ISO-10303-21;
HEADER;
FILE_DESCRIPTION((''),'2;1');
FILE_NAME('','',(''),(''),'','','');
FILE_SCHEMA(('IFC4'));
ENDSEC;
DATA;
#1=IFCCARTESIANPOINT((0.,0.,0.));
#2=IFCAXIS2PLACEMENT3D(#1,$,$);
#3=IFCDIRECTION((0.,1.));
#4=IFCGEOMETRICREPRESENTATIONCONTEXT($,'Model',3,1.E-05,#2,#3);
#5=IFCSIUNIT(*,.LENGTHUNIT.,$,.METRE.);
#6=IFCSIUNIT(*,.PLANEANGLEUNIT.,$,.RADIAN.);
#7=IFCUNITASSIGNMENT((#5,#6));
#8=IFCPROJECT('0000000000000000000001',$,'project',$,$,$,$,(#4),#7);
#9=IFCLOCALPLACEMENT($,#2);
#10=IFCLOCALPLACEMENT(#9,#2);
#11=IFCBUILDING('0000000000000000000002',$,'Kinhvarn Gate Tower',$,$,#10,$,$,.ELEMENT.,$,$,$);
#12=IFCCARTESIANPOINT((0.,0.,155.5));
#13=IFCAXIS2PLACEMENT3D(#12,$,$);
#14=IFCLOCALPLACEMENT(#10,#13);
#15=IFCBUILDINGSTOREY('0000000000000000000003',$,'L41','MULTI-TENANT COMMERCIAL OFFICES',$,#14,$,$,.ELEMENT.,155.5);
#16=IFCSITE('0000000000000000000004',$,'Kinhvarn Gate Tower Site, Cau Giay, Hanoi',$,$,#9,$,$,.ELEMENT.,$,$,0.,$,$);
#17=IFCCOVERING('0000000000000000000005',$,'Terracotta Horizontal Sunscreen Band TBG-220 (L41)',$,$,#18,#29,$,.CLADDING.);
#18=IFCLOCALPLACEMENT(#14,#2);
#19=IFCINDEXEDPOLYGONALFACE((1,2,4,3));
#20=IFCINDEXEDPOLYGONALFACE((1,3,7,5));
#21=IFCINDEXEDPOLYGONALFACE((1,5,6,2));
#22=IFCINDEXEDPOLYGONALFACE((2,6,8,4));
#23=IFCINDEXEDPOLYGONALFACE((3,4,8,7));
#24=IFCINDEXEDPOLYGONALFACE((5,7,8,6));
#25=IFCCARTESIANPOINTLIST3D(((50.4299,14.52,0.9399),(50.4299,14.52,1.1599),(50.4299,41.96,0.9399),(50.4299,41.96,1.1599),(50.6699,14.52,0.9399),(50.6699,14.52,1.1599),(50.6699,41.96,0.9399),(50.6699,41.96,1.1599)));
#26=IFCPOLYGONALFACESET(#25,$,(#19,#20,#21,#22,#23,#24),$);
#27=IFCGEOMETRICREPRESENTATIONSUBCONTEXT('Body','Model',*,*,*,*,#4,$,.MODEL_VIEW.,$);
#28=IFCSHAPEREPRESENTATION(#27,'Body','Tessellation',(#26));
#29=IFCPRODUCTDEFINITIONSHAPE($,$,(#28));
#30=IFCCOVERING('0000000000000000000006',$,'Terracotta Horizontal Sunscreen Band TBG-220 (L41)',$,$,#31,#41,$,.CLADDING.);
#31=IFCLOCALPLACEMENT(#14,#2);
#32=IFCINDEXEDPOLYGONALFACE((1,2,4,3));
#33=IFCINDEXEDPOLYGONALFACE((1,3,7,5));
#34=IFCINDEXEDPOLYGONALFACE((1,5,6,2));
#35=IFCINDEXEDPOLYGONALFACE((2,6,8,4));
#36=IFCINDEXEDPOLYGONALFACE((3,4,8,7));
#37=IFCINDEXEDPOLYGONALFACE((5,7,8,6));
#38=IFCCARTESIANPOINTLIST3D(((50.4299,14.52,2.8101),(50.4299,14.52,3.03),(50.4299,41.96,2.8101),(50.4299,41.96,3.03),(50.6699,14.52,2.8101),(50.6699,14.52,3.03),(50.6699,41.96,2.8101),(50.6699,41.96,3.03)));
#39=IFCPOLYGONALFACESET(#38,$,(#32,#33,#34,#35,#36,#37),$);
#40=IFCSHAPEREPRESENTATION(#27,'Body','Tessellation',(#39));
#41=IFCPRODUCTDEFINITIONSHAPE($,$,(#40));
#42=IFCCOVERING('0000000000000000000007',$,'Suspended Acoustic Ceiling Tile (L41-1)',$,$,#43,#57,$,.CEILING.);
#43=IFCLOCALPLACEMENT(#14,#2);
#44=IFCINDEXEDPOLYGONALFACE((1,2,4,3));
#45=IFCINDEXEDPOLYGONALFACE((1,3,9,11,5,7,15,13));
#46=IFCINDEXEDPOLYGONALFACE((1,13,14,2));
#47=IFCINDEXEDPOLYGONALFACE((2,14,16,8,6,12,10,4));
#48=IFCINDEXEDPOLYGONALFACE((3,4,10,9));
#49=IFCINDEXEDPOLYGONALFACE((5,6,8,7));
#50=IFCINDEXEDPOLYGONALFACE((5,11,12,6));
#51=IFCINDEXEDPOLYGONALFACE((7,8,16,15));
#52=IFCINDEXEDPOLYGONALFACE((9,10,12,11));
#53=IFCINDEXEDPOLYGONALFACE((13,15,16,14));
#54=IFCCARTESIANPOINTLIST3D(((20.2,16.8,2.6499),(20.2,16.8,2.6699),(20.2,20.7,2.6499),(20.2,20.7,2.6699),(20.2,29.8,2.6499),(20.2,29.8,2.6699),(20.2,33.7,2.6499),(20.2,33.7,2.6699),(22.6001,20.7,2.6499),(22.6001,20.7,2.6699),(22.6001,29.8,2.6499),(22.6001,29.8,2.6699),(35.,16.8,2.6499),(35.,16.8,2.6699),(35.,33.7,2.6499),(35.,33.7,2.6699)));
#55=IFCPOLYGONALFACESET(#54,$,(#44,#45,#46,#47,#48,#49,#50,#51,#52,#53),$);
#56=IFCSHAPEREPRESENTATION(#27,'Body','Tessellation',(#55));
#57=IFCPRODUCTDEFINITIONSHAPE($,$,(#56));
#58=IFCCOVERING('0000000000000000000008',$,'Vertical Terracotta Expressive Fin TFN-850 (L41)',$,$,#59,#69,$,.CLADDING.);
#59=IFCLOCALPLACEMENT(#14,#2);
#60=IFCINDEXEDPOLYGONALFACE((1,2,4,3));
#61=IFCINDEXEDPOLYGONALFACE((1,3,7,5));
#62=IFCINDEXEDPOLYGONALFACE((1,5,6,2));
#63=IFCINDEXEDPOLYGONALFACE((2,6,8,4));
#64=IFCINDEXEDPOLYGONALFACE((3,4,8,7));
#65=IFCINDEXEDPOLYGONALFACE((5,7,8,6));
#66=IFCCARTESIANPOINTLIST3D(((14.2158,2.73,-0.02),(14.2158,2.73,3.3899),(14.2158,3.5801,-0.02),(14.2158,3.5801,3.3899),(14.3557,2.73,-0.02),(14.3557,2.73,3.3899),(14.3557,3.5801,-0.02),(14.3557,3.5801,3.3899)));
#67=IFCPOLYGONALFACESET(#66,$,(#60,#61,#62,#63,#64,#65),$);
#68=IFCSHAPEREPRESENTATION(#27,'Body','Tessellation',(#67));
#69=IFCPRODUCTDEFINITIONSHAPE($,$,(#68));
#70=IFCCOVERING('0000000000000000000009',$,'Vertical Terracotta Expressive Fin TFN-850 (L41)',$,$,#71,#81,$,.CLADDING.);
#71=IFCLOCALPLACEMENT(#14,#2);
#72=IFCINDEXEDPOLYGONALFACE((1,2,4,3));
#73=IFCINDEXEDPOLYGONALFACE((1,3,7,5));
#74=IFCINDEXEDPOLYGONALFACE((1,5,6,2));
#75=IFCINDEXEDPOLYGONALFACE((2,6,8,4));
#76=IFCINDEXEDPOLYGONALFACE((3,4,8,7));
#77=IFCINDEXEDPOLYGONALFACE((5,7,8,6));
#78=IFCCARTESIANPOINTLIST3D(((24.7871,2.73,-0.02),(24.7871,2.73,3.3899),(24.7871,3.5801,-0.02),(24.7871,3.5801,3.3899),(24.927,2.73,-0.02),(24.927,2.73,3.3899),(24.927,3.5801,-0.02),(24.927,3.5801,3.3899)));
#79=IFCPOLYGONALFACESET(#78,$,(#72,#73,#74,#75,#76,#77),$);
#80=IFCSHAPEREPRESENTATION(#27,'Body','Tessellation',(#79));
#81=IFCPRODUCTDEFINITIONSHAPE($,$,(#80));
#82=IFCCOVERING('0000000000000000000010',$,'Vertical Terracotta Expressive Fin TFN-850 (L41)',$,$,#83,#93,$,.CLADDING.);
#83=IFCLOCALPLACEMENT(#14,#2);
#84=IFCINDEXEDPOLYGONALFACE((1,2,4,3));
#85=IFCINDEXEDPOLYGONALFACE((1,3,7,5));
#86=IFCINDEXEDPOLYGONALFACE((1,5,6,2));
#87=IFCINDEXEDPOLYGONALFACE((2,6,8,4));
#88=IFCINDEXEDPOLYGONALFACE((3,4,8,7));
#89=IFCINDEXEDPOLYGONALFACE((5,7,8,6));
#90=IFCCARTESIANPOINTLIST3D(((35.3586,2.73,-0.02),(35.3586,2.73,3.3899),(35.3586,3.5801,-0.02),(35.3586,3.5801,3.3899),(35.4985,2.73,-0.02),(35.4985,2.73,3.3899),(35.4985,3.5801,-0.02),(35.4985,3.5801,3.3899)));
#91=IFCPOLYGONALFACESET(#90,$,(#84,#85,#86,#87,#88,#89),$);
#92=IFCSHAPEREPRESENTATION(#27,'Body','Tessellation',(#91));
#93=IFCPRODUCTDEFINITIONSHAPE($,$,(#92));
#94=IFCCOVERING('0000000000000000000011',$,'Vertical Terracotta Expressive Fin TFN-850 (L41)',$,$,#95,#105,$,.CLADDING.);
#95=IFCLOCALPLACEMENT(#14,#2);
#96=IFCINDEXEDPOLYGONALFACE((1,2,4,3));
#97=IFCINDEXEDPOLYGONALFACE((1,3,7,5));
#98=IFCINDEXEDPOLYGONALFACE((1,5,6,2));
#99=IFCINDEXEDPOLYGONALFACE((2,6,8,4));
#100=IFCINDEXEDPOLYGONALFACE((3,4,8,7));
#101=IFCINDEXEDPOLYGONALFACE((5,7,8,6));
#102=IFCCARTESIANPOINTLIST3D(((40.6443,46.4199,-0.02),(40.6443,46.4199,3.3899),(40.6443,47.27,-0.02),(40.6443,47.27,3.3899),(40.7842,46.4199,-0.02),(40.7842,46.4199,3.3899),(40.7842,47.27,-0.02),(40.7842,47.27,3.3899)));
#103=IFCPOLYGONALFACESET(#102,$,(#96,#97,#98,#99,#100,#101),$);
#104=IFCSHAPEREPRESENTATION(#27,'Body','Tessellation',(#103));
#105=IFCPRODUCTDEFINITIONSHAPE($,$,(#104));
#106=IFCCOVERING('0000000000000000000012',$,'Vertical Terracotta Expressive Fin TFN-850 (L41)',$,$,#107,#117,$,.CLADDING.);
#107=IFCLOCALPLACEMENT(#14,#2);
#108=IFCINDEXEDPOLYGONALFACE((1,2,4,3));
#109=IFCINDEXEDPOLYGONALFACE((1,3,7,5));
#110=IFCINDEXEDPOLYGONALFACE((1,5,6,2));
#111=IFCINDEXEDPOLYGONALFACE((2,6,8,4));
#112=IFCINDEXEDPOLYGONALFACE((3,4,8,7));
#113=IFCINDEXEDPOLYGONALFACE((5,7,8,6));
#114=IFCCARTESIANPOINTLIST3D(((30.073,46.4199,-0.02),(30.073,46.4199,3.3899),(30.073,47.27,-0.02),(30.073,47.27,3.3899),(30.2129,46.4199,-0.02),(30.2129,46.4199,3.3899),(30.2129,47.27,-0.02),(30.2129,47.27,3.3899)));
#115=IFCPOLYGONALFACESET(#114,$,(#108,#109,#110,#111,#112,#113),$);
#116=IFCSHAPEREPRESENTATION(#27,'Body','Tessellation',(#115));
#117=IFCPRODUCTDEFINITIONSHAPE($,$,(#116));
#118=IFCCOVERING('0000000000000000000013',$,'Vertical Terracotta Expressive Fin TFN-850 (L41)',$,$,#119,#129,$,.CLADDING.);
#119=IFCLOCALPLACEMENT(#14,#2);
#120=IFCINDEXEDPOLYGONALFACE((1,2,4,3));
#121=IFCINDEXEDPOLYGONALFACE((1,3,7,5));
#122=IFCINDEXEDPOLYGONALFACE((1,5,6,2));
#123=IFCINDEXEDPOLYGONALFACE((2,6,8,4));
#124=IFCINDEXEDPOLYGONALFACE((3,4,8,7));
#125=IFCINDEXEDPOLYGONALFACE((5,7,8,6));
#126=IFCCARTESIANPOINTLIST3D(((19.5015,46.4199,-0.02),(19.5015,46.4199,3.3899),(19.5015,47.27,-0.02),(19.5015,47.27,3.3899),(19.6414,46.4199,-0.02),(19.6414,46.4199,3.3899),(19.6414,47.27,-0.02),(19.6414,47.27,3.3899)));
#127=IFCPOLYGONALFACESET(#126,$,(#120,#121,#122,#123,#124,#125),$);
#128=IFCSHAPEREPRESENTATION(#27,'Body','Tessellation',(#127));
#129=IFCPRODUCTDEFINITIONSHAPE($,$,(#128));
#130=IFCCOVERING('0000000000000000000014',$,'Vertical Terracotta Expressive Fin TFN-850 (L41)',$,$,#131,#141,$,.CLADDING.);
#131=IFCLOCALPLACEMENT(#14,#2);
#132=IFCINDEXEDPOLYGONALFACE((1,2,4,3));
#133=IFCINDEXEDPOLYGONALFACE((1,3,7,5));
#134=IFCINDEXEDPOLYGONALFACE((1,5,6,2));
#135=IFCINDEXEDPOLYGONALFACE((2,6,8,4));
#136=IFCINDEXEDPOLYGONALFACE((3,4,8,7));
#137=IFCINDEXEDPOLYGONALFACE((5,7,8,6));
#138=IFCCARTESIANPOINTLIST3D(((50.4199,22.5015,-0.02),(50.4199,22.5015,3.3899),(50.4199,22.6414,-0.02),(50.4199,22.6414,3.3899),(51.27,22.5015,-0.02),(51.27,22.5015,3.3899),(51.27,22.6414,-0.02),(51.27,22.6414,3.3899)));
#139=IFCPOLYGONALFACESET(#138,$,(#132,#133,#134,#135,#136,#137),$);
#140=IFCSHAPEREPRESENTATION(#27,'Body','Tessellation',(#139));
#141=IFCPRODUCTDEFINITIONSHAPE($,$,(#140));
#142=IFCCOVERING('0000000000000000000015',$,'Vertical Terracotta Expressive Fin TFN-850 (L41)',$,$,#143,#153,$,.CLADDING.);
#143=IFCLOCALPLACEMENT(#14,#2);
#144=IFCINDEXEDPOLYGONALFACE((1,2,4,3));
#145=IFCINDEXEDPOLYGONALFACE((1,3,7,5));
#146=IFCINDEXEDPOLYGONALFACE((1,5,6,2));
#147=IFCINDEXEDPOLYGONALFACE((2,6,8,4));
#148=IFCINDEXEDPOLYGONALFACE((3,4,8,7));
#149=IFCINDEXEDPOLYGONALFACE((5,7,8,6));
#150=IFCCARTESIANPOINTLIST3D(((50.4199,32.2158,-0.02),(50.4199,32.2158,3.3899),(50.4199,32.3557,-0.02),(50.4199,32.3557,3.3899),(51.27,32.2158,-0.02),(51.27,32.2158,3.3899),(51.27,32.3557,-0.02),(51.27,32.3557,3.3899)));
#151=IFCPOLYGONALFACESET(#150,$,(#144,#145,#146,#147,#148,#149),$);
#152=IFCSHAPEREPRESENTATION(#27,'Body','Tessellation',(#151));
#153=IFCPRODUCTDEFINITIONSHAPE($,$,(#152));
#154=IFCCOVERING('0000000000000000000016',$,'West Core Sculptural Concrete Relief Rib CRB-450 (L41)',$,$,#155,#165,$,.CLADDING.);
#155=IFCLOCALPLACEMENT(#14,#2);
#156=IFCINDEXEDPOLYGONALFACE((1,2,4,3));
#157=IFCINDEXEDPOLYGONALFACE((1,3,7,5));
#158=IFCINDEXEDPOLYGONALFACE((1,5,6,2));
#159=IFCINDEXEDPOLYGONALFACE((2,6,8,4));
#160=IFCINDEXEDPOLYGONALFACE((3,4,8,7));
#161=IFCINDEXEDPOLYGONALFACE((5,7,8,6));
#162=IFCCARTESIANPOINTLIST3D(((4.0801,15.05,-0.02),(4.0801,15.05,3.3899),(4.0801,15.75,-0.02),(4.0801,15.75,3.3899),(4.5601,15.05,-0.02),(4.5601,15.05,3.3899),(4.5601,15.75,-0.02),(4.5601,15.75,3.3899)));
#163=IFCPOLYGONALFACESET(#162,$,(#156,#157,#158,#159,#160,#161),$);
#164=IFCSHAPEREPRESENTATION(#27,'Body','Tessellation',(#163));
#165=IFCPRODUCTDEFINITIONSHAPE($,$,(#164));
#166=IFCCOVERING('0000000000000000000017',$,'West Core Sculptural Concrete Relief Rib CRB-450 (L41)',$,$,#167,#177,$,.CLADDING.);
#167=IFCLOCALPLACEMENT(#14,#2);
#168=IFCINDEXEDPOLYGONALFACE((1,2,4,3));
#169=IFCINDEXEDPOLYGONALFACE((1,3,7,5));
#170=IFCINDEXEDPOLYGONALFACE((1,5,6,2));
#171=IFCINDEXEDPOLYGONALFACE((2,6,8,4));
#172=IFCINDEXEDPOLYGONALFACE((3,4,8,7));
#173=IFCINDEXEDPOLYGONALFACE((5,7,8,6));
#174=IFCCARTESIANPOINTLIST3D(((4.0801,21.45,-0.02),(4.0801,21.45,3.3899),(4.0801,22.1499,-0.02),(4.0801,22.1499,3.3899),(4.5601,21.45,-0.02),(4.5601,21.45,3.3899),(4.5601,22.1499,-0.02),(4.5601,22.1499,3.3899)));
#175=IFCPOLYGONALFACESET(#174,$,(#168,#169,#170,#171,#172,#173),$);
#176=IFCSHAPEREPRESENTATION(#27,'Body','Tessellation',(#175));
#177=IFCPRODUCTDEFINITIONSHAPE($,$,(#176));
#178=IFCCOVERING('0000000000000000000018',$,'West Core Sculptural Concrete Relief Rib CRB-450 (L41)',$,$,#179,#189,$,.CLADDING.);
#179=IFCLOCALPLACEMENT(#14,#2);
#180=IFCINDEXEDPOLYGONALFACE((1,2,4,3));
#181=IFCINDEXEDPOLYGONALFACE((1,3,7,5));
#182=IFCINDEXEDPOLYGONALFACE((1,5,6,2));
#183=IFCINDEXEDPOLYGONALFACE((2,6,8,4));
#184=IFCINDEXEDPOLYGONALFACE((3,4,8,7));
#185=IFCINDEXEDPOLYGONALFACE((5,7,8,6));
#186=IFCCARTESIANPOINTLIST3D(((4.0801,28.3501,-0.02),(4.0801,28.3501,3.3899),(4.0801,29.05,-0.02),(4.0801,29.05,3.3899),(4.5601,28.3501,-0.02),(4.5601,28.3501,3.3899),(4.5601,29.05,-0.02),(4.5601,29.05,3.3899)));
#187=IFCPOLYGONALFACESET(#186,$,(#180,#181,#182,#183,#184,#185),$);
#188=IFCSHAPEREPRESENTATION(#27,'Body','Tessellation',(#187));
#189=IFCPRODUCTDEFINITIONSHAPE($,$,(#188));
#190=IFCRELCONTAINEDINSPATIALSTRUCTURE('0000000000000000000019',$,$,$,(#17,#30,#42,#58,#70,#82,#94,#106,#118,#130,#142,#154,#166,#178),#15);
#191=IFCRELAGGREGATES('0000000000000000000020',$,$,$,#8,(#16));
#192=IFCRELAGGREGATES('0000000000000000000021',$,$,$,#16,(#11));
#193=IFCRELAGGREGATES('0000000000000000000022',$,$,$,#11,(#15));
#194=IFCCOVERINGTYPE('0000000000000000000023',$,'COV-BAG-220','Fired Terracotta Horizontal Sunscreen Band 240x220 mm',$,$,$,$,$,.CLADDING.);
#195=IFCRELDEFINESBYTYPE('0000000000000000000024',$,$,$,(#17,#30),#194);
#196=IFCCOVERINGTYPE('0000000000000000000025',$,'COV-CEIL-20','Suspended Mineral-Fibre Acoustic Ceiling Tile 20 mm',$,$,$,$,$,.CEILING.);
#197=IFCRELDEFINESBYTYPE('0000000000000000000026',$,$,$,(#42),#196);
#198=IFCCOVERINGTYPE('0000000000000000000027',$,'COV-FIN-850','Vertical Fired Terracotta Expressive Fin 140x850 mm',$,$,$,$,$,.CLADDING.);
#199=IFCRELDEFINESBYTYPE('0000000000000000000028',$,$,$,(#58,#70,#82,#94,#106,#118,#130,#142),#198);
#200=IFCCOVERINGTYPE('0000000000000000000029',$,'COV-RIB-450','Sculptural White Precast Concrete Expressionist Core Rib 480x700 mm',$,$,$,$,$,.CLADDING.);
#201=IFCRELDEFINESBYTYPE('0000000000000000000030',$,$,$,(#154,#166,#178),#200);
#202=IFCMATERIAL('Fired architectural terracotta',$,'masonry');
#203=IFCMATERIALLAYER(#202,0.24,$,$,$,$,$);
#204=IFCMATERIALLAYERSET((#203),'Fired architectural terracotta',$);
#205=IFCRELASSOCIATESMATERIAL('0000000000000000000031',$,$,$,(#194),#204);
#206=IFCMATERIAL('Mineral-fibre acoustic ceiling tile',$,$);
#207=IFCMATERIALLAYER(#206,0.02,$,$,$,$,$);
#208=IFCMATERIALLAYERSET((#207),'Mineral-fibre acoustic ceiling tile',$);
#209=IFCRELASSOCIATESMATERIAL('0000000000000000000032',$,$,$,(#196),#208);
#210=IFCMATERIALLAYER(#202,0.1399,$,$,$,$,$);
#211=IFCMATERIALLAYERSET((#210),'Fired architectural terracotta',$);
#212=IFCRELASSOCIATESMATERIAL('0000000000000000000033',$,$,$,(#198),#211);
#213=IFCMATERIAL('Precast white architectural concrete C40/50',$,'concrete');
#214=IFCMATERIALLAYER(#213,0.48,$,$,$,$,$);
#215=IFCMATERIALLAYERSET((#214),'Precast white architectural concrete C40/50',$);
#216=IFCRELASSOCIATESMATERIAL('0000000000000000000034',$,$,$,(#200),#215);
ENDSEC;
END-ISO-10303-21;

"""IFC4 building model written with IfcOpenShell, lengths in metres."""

from ifc_helpers import new_model, si_unit, direction, frame, origin, place, context, subcontext, project, spatial, polyline, outline, extrude, material, layer, layer_set, type_object, element, save


model = new_model("IFC4")

# Units and contexts
model_context = context("Model", 3, precision=1e-05, world=origin(), true_north=direction((0.0, 1.0)))
body_context = subcontext(model_context, "Body", "Model", "MODEL_VIEW")
ifc_project = project(units=[si_unit("LENGTHUNIT", "METRE"), si_unit("PLANEANGLEUNIT", "RADIAN")], contexts=[model_context])

# Site, building, storey
site_placement = place(None, origin())
site = spatial("IfcSite", under=ifc_project, at=site_placement, Name="Kinhvarn Gate Tower Site, Cau Giay, Hanoi", CompositionType="ELEMENT", RefElevation=0.0)
building_placement = place(site_placement, origin())
building = spatial("IfcBuilding", under=site, at=building_placement, Name="Kinhvarn Gate Tower", CompositionType="ELEMENT")
storey_placement = place(building_placement, frame((0.0, 0.0, 155.5)))
storey = spatial("IfcBuildingStorey", under=building, at=storey_placement, Name="L41", Description="MULTI-TENANT COMMERCIAL OFFICES", CompositionType="ELEMENT", Elevation=155.5)

# Shared definitions
ifc_material_1 = material(Name="Precast white architectural concrete C40/50", Category="concrete")

# Coverings
ifc_material_2 = material(Name="Fired architectural terracotta", Category="masonry")
ifc_layer_1 = layer(ifc_material_2, 0.24)
ifc_layer_set_1 = layer_set([ifc_layer_1], Name="Fired architectural terracotta")
covering_type_1 = type_object("IfcCoveringType", Name="COV-BAG-220", Description="Fired Terracotta Horizontal Sunscreen Band 240x220 mm", PredefinedType="CLADDING", material=ifc_layer_set_1)
for number, where, name in (
    (1, (0.0, 0.0, 0.9399), "Terracotta Horizontal Sunscreen Band TBG-220 (L41)"),
    (2, (0.0, 0.0, 2.8101), "Terracotta Horizontal Sunscreen Band TBG-220 (L41)"),
):
    element("IfcCovering", number, at=place(storey_placement, frame(where)), inside=storey, type_object=covering_type_1, Name=name, PredefinedType="CLADDING", context=body_context, shape_type="SweptSolid", body=[
        extrude(outline(polyline([(50.4299, 14.52), (50.4299, 41.96), (50.6699, 41.96), (50.6699, 14.52), (50.4299, 14.52)])), origin(), (0.0, 0.0, 1.0), 0.22),
    ])
ifc_material_3 = material(Name="Mineral-fibre acoustic ceiling tile")
ifc_layer_2 = layer(ifc_material_3, 0.02)
ifc_layer_set_2 = layer_set([ifc_layer_2], Name="Mineral-fibre acoustic ceiling tile")
covering_type_2 = type_object("IfcCoveringType", Name="COV-CEIL-20", Description="Suspended Mineral-Fibre Acoustic Ceiling Tile 20 mm", PredefinedType="CEILING", material=ifc_layer_set_2)
covering_1_placement = place(storey_placement, frame((0.0, 0.0, 2.6499)))
element("IfcCovering", 3, at=covering_1_placement, inside=storey, type_object=covering_type_2, Name="Suspended Acoustic Ceiling Tile (L41-1)", PredefinedType="CEILING", context=body_context, shape_type="SweptSolid", body=[
    extrude(outline(polyline([(35.0, 33.7), (35.0, 16.8), (20.2, 16.8), (20.2, 20.7), (22.6001, 20.7), (22.6001, 29.8), (20.2, 29.8), (20.2, 33.7), (35.0, 33.7)])), origin(), (0.0, 0.0, 1.0), 0.02),
])
ifc_layer_3 = layer(ifc_material_2, 0.1399)
ifc_layer_set_3 = layer_set([ifc_layer_3], Name="Fired architectural terracotta")
covering_type_3 = type_object("IfcCoveringType", Name="COV-FIN-850", Description="Vertical Fired Terracotta Expressive Fin 140x850 mm", PredefinedType="CLADDING", material=ifc_layer_set_3)
covering_2_placement = place(storey_placement, frame((0.0, 0.0, -0.02)))
element("IfcCovering", 4, at=covering_2_placement, inside=storey, type_object=covering_type_3, Name="Vertical Terracotta Expressive Fin TFN-850 (L41)", PredefinedType="CLADDING", context=body_context, shape_type="SweptSolid", body=[
    extrude(outline(polyline([(14.2158, 3.5801), (14.3557, 3.5801), (14.3557, 2.73), (14.2158, 2.73), (14.2158, 3.5801)])), origin(), (0.0, 0.0, 1.0), 3.4099),
])
covering_3_placement = place(storey_placement, frame((0.0, 0.0, -0.02)))
element("IfcCovering", 5, at=covering_3_placement, inside=storey, type_object=covering_type_3, Name="Vertical Terracotta Expressive Fin TFN-850 (L41)", PredefinedType="CLADDING", context=body_context, shape_type="SweptSolid", body=[
    extrude(outline(polyline([(24.7871, 3.5801), (24.927, 3.5801), (24.927, 2.73), (24.7871, 2.73), (24.7871, 3.5801)])), origin(), (0.0, 0.0, 1.0), 3.4099),
])
covering_4_placement = place(storey_placement, frame((0.0, 0.0, -0.02)))
element("IfcCovering", 6, at=covering_4_placement, inside=storey, type_object=covering_type_3, Name="Vertical Terracotta Expressive Fin TFN-850 (L41)", PredefinedType="CLADDING", context=body_context, shape_type="SweptSolid", body=[
    extrude(outline(polyline([(35.3586, 3.5801), (35.4985, 3.5801), (35.4985, 2.73), (35.3586, 2.73), (35.3586, 3.5801)])), origin(), (0.0, 0.0, 1.0), 3.4099),
])
covering_5_placement = place(storey_placement, frame((0.0, 0.0, -0.02)))
element("IfcCovering", 7, at=covering_5_placement, inside=storey, type_object=covering_type_3, Name="Vertical Terracotta Expressive Fin TFN-850 (L41)", PredefinedType="CLADDING", context=body_context, shape_type="SweptSolid", body=[
    extrude(outline(polyline([(40.7842, 46.4199), (40.6443, 46.4199), (40.6443, 47.27), (40.7842, 47.27), (40.7842, 46.4199)])), origin(), (0.0, 0.0, 1.0), 3.4099),
])
covering_6_placement = place(storey_placement, frame((0.0, 0.0, -0.02)))
element("IfcCovering", 8, at=covering_6_placement, inside=storey, type_object=covering_type_3, Name="Vertical Terracotta Expressive Fin TFN-850 (L41)", PredefinedType="CLADDING", context=body_context, shape_type="SweptSolid", body=[
    extrude(outline(polyline([(30.2129, 46.4199), (30.073, 46.4199), (30.073, 47.27), (30.2129, 47.27), (30.2129, 46.4199)])), origin(), (0.0, 0.0, 1.0), 3.4099),
])
covering_7_placement = place(storey_placement, frame((0.0, 0.0, -0.02)))
element("IfcCovering", 9, at=covering_7_placement, inside=storey, type_object=covering_type_3, Name="Vertical Terracotta Expressive Fin TFN-850 (L41)", PredefinedType="CLADDING", context=body_context, shape_type="SweptSolid", body=[
    extrude(outline(polyline([(19.6414, 46.4199), (19.5015, 46.4199), (19.5015, 47.27), (19.6414, 47.27), (19.6414, 46.4199)])), origin(), (0.0, 0.0, 1.0), 3.4099),
])
covering_8_placement = place(storey_placement, frame((0.0, 0.0, -0.02)))
element("IfcCovering", 10, at=covering_8_placement, inside=storey, type_object=covering_type_3, Name="Vertical Terracotta Expressive Fin TFN-850 (L41)", PredefinedType="CLADDING", context=body_context, shape_type="SweptSolid", body=[
    extrude(outline(polyline([(50.4199, 22.5015), (50.4199, 22.6414), (51.27, 22.6414), (51.27, 22.5015), (50.4199, 22.5015)])), origin(), (0.0, 0.0, 1.0), 3.4099),
])
covering_9_placement = place(storey_placement, frame((0.0, 0.0, -0.02)))
element("IfcCovering", 11, at=covering_9_placement, inside=storey, type_object=covering_type_3, Name="Vertical Terracotta Expressive Fin TFN-850 (L41)", PredefinedType="CLADDING", context=body_context, shape_type="SweptSolid", body=[
    extrude(outline(polyline([(50.4199, 32.2158), (50.4199, 32.3557), (51.27, 32.3557), (51.27, 32.2158), (50.4199, 32.2158)])), origin(), (0.0, 0.0, 1.0), 3.4099),
])
ifc_layer_4 = layer(ifc_material_1, 0.48)
ifc_layer_set_4 = layer_set([ifc_layer_4], Name="Precast white architectural concrete C40/50")
covering_type_4 = type_object("IfcCoveringType", Name="COV-RIB-450", Description="Sculptural White Precast Concrete Expressionist Core Rib 480x700 mm", PredefinedType="CLADDING", material=ifc_layer_set_4)
covering_10_placement = place(storey_placement, frame((0.0, 0.0, -0.02)))
element("IfcCovering", 12, at=covering_10_placement, inside=storey, type_object=covering_type_4, Name="West Core Sculptural Concrete Relief Rib CRB-450 (L41)", PredefinedType="CLADDING", context=body_context, shape_type="SweptSolid", body=[
    extrude(outline(polyline([(4.0801, 15.05), (4.5601, 15.05), (4.5601, 15.75), (4.0801, 15.75), (4.0801, 15.05)])), origin(), (0.0, 0.0, 1.0), 3.4099),
])
covering_11_placement = place(storey_placement, frame((0.0, 0.0, -0.02)))
element("IfcCovering", 13, at=covering_11_placement, inside=storey, type_object=covering_type_4, Name="West Core Sculptural Concrete Relief Rib CRB-450 (L41)", PredefinedType="CLADDING", context=body_context, shape_type="SweptSolid", body=[
    extrude(outline(polyline([(4.0801, 21.45), (4.5601, 21.45), (4.5601, 22.1499), (4.0801, 22.1499), (4.0801, 21.45)])), origin(), (0.0, 0.0, 1.0), 3.4099),
])
covering_12_placement = place(storey_placement, frame((0.0, 0.0, -0.02)))
element("IfcCovering", 14, at=covering_12_placement, inside=storey, type_object=covering_type_4, Name="West Core Sculptural Concrete Relief Rib CRB-450 (L41)", PredefinedType="CLADDING", context=body_context, shape_type="SweptSolid", body=[
    extrude(outline(polyline([(4.0801, 28.3501), (4.5601, 28.3501), (4.5601, 29.05), (4.0801, 29.05), (4.0801, 28.3501)])), origin(), (0.0, 0.0, 1.0), 3.4099),
])

save(model, "model.ifc")
